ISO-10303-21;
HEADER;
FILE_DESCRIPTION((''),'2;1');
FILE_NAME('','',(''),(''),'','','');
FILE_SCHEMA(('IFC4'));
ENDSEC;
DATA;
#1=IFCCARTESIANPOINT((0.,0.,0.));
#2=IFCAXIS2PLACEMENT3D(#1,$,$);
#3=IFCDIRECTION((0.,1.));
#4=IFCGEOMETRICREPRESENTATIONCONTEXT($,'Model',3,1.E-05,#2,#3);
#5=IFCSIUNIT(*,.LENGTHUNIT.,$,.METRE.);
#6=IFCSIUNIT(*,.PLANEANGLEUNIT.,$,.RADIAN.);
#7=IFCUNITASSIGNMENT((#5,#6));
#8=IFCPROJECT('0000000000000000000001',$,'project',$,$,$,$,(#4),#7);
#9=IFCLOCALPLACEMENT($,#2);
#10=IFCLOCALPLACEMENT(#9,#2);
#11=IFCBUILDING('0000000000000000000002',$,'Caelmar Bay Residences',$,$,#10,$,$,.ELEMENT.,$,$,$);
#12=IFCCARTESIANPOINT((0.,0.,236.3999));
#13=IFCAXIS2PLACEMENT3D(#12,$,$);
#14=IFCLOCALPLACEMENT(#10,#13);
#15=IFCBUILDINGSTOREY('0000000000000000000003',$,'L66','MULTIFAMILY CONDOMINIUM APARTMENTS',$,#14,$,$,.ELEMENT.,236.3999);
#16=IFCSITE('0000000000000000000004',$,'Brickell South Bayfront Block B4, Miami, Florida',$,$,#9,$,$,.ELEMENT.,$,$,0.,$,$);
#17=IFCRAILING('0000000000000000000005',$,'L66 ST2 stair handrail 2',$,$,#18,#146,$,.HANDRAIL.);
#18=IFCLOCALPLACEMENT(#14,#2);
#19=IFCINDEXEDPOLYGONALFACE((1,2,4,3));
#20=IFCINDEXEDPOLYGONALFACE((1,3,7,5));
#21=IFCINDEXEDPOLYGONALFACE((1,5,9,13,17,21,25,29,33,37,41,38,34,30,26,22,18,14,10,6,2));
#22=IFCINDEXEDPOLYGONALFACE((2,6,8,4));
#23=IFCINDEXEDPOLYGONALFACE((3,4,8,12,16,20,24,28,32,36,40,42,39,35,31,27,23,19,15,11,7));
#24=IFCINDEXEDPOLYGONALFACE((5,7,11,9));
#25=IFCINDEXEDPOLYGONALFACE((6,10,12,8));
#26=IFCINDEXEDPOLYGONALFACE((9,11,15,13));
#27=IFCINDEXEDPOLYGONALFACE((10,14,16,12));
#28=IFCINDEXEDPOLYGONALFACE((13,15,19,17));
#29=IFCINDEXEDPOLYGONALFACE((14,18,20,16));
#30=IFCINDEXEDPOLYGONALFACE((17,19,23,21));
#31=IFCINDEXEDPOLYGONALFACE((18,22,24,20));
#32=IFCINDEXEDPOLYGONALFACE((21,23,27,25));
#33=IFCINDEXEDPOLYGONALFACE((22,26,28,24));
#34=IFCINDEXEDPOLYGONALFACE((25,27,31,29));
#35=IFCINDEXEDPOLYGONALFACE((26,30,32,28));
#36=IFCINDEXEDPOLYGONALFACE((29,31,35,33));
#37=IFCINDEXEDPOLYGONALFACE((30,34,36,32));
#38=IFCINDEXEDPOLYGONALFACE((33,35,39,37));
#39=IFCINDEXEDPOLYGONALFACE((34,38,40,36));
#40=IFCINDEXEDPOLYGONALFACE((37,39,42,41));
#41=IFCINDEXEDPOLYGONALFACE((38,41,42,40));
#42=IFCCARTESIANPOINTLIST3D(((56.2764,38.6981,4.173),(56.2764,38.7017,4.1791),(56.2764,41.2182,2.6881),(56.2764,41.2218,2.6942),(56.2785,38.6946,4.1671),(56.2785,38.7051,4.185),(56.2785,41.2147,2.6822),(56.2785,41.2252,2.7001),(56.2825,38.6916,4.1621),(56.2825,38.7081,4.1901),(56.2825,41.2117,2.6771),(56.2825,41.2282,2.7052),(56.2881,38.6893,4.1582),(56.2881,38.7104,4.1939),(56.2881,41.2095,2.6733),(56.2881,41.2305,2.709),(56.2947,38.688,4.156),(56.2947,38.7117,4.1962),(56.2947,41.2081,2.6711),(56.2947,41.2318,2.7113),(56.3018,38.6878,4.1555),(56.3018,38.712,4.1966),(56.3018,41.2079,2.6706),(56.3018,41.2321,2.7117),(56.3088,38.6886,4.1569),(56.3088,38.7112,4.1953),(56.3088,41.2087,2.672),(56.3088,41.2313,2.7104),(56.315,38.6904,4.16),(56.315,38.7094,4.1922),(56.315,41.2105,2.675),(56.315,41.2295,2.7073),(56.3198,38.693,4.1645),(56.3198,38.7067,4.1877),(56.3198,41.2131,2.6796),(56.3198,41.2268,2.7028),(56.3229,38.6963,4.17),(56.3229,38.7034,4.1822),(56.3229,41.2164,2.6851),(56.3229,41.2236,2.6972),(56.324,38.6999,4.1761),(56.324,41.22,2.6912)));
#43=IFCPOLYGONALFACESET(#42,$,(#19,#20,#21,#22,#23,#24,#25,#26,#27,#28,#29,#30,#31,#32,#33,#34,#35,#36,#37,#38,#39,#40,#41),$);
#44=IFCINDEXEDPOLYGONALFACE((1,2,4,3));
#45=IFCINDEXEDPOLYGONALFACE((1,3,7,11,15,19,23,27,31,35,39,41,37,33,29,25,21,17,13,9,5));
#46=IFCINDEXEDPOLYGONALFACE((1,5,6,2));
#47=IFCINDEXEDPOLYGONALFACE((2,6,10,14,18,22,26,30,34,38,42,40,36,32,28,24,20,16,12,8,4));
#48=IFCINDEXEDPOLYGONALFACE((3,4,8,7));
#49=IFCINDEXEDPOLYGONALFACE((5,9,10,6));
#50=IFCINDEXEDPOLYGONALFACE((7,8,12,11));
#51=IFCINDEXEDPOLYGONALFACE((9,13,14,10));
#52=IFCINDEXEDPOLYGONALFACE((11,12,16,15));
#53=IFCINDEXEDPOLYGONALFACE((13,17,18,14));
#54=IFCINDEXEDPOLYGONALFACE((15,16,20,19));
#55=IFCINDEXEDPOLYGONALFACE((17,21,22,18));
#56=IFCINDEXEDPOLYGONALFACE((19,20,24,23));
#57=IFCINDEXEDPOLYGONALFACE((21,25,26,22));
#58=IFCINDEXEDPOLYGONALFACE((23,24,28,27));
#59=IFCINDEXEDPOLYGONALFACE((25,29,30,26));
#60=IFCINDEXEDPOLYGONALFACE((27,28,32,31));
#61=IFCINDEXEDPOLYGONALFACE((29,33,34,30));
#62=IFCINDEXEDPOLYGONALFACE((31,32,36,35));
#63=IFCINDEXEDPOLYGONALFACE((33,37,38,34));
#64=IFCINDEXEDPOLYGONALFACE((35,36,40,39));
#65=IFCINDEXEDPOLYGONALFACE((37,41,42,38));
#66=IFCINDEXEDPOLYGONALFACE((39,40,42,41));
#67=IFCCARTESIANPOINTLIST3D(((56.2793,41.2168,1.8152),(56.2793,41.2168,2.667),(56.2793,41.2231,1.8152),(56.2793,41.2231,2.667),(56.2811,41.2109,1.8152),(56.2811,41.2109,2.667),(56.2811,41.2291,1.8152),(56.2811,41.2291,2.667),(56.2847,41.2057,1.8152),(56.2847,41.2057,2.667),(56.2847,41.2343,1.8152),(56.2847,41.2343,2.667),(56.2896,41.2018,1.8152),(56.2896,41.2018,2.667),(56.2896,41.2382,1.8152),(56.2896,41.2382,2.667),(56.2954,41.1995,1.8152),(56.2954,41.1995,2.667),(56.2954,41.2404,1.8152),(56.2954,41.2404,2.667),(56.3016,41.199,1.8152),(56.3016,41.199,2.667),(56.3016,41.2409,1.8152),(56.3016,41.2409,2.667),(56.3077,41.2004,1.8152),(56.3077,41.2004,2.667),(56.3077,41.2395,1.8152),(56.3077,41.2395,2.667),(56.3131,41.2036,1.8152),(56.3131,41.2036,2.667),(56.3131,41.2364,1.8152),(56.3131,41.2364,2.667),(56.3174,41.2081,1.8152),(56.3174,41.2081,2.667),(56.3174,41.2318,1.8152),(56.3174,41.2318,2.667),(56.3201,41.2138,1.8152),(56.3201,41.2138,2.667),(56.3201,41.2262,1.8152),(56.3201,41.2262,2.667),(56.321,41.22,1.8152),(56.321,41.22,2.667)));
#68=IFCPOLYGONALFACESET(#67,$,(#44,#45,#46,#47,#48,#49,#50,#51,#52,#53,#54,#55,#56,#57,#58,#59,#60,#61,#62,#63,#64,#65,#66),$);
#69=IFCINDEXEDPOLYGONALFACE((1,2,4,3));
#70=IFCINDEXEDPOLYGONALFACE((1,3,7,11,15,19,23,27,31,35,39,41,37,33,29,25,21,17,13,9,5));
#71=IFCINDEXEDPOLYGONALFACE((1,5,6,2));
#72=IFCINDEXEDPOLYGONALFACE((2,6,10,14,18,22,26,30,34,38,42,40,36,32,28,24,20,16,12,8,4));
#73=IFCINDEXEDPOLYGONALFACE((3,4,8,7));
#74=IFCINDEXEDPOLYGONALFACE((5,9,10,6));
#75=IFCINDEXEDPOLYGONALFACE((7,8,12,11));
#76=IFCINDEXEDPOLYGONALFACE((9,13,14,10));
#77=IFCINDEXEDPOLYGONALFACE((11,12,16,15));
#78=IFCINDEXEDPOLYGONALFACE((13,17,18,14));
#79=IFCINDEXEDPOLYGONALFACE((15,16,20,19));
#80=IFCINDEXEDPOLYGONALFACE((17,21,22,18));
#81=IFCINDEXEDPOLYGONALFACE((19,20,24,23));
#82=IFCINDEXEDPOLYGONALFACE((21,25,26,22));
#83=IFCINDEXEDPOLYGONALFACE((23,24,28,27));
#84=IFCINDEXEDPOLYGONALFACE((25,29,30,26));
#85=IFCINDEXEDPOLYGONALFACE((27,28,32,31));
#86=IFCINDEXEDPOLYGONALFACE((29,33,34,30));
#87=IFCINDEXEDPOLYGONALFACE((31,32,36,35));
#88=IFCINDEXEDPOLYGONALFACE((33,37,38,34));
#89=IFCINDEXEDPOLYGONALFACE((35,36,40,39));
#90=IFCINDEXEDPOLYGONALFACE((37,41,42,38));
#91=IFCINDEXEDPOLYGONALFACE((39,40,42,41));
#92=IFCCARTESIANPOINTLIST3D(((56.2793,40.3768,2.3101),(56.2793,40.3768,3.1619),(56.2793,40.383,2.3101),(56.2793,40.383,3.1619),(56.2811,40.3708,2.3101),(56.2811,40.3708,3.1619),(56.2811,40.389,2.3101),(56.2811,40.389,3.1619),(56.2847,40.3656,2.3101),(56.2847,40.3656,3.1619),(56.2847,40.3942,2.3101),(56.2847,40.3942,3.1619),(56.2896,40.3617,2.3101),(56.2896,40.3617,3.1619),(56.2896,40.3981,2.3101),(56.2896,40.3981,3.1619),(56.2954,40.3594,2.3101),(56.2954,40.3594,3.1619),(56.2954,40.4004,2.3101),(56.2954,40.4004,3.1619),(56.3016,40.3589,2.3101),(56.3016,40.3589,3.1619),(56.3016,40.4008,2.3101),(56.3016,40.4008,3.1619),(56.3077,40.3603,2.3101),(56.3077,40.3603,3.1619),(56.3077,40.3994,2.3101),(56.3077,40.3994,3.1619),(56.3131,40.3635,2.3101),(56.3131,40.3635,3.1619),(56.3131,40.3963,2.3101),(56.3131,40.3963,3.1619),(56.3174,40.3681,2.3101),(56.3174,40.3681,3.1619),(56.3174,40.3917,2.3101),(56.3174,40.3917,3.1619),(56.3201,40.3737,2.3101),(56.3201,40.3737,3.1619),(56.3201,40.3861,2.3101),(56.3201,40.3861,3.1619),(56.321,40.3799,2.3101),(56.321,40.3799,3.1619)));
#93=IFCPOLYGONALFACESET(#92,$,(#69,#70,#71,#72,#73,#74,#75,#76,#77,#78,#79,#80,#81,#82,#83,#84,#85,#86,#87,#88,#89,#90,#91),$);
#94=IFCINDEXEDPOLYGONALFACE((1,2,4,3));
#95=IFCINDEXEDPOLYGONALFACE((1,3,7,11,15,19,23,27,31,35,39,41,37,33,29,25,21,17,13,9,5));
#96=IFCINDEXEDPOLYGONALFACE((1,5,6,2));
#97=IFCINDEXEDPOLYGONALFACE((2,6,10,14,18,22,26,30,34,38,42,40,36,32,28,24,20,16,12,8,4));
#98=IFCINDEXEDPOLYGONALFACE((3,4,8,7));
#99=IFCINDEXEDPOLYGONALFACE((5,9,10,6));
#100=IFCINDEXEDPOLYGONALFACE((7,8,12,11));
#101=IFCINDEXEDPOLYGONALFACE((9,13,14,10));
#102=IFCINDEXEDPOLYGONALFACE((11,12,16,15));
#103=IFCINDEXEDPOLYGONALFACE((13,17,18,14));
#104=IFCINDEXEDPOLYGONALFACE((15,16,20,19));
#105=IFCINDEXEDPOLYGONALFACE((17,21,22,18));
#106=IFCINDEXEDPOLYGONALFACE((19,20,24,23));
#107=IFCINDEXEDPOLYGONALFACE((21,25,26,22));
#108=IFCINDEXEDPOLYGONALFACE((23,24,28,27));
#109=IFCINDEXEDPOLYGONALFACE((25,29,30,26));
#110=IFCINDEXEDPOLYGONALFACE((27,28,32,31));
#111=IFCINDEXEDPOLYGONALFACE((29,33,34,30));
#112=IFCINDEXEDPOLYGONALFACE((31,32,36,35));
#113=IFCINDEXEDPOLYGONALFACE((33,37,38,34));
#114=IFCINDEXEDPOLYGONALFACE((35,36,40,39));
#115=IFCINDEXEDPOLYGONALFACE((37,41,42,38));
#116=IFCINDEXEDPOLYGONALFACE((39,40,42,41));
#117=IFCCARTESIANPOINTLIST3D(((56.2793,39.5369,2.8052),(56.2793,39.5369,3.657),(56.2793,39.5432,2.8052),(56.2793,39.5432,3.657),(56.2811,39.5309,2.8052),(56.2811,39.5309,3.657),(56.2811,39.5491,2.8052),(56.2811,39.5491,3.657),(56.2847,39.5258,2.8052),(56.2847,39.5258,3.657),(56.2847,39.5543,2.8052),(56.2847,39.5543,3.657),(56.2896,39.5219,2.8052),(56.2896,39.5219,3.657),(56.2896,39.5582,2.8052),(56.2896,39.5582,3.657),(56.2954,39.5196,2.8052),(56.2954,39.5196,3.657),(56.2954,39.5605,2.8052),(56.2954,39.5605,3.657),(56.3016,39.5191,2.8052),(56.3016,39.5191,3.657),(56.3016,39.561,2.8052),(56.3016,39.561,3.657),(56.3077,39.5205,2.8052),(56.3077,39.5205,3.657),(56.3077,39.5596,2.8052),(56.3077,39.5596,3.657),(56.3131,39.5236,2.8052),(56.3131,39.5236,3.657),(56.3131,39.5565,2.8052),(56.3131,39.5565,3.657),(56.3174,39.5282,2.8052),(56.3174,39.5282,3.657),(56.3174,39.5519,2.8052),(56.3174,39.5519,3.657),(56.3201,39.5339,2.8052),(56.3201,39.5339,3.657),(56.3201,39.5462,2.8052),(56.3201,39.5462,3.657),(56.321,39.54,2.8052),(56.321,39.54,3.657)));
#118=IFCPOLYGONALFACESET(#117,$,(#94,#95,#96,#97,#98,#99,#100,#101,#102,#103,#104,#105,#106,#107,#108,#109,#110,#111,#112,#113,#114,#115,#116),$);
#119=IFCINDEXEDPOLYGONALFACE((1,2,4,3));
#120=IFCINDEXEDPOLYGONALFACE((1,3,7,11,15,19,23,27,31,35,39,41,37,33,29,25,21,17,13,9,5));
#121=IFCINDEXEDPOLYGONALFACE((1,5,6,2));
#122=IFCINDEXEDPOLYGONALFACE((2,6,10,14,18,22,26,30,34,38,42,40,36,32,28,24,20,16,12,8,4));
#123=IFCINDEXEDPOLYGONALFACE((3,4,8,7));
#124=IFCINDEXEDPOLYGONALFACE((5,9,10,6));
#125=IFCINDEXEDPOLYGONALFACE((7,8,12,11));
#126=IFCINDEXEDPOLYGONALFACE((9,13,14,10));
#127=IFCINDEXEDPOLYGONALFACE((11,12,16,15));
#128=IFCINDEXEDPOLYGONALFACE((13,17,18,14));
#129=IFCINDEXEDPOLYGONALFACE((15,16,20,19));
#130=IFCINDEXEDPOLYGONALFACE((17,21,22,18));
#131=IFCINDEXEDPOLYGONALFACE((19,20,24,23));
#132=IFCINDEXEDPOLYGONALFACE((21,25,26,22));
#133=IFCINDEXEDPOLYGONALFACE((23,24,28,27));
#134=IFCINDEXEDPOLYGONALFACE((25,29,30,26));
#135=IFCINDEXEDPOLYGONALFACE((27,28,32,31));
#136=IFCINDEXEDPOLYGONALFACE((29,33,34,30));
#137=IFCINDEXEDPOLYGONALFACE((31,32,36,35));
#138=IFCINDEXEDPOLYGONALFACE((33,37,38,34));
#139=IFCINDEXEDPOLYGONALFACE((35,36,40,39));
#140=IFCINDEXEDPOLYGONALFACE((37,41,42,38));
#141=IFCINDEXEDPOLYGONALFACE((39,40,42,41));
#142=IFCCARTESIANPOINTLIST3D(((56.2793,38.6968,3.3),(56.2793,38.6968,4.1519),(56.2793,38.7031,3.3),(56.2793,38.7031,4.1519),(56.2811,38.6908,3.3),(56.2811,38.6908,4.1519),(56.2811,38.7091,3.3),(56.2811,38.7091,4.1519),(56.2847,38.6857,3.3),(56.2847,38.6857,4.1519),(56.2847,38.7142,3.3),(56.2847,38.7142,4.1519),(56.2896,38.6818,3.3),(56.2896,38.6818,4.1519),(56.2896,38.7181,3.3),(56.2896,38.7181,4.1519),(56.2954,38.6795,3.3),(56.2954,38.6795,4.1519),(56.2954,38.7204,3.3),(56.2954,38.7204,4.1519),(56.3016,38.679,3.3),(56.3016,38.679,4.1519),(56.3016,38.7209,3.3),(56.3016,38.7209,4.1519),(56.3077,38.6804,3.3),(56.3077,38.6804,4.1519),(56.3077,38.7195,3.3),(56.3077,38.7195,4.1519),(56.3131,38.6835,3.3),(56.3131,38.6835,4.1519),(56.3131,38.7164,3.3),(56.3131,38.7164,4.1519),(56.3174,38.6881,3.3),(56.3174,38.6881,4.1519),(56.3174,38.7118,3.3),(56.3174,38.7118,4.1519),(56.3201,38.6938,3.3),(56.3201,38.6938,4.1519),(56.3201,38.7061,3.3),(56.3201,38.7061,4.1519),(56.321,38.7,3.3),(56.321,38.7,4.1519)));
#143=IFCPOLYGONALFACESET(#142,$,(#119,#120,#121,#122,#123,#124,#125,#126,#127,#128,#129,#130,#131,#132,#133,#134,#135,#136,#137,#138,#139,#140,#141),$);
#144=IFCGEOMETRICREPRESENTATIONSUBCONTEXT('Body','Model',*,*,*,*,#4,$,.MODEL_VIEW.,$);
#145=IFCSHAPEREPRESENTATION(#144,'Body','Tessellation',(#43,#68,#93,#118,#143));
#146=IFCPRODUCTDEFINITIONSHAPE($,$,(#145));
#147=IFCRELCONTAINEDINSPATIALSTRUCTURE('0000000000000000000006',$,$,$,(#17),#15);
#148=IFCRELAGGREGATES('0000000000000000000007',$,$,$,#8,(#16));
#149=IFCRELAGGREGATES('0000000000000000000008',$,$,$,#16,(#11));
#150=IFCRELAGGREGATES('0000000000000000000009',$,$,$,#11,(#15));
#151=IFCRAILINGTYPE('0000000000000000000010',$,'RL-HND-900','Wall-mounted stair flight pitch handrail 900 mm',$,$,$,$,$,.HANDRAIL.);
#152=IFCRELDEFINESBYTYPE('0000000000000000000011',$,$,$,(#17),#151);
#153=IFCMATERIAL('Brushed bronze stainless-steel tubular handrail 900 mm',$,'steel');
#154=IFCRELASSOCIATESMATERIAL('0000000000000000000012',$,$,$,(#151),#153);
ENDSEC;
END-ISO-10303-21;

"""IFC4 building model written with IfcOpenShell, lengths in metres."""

from ifc_helpers import new_model, si_unit, direction, frame, origin, origin_2d, place, context, subcontext, project, spatial, circle, extrude, material, type_object, element, save


model = new_model("IFC4")

# Units and contexts
model_context = context("Model", 3, precision=1e-05, world=origin(), true_north=direction((0.0, 1.0)))
body_context = subcontext(model_context, "Body", "Model", "MODEL_VIEW")
ifc_project = project(units=[si_unit("LENGTHUNIT", "METRE"), si_unit("PLANEANGLEUNIT", "RADIAN")], contexts=[model_context])

# Site, building, storey
site_placement = place(None, origin())
site = spatial("IfcSite", under=ifc_project, at=site_placement, Name="Brickell South Bayfront Block B4, Miami, Florida", CompositionType="ELEMENT", RefElevation=0.0)
building_placement = place(site_placement, origin())
building = spatial("IfcBuilding", under=site, at=building_placement, Name="Caelmar Bay Residences", CompositionType="ELEMENT")
storey_placement = place(building_placement, frame((0.0, 0.0, 236.3999)))
storey = spatial("IfcBuildingStorey", under=building, at=storey_placement, Name="L66", Description="MULTIFAMILY CONDOMINIUM APARTMENTS", CompositionType="ELEMENT", Elevation=236.3999)

# Railing
ifc_material_1 = material(Name="Brushed bronze stainless-steel tubular handrail 900 mm", Category="steel")
railing_type_1 = type_object("IfcRailingType", Name="RL-HND-900", Description="Wall-mounted stair flight pitch handrail 900 mm", PredefinedType="HANDRAIL", material=ifc_material_1)
railing_1_placement = place(storey_placement, frame((56.3, 41.22, 1.8152)))
element("IfcRailing", 1, at=railing_1_placement, inside=storey, type_object=railing_type_1, Name="L66 ST2 stair handrail 2", PredefinedType="HANDRAIL", context=body_context, shape_type="SweptSolid", body=[
    extrude(circle(Radius=0.0239, at=origin_2d()), frame((0.0, 0.0, 0.876), z_axis=(0.0, -0.861561, 0.507655), x_axis=(1.0, 0.0, 0.0)), (0.0, 0.0, 1.0), 2.925),
    extrude(circle(Radius=0.021, at=origin_2d()), origin(), (0.0, 0.0, 1.0), 0.8518),
    extrude(circle(Radius=0.021, at=origin_2d()), frame((0.0, -0.8401, 0.4949)), (0.0, 0.0, 1.0), 0.8518),
    extrude(circle(Radius=0.021, at=origin_2d()), frame((0.0, -1.6799, 0.99)), (0.0, 0.0, 1.0), 0.8518),
    extrude(circle(Radius=0.021, at=origin_2d()), frame((0.0, -2.52, 1.4849)), (0.0, 0.0, 1.0), 0.8518),
])

save(model, "model.ifc")
